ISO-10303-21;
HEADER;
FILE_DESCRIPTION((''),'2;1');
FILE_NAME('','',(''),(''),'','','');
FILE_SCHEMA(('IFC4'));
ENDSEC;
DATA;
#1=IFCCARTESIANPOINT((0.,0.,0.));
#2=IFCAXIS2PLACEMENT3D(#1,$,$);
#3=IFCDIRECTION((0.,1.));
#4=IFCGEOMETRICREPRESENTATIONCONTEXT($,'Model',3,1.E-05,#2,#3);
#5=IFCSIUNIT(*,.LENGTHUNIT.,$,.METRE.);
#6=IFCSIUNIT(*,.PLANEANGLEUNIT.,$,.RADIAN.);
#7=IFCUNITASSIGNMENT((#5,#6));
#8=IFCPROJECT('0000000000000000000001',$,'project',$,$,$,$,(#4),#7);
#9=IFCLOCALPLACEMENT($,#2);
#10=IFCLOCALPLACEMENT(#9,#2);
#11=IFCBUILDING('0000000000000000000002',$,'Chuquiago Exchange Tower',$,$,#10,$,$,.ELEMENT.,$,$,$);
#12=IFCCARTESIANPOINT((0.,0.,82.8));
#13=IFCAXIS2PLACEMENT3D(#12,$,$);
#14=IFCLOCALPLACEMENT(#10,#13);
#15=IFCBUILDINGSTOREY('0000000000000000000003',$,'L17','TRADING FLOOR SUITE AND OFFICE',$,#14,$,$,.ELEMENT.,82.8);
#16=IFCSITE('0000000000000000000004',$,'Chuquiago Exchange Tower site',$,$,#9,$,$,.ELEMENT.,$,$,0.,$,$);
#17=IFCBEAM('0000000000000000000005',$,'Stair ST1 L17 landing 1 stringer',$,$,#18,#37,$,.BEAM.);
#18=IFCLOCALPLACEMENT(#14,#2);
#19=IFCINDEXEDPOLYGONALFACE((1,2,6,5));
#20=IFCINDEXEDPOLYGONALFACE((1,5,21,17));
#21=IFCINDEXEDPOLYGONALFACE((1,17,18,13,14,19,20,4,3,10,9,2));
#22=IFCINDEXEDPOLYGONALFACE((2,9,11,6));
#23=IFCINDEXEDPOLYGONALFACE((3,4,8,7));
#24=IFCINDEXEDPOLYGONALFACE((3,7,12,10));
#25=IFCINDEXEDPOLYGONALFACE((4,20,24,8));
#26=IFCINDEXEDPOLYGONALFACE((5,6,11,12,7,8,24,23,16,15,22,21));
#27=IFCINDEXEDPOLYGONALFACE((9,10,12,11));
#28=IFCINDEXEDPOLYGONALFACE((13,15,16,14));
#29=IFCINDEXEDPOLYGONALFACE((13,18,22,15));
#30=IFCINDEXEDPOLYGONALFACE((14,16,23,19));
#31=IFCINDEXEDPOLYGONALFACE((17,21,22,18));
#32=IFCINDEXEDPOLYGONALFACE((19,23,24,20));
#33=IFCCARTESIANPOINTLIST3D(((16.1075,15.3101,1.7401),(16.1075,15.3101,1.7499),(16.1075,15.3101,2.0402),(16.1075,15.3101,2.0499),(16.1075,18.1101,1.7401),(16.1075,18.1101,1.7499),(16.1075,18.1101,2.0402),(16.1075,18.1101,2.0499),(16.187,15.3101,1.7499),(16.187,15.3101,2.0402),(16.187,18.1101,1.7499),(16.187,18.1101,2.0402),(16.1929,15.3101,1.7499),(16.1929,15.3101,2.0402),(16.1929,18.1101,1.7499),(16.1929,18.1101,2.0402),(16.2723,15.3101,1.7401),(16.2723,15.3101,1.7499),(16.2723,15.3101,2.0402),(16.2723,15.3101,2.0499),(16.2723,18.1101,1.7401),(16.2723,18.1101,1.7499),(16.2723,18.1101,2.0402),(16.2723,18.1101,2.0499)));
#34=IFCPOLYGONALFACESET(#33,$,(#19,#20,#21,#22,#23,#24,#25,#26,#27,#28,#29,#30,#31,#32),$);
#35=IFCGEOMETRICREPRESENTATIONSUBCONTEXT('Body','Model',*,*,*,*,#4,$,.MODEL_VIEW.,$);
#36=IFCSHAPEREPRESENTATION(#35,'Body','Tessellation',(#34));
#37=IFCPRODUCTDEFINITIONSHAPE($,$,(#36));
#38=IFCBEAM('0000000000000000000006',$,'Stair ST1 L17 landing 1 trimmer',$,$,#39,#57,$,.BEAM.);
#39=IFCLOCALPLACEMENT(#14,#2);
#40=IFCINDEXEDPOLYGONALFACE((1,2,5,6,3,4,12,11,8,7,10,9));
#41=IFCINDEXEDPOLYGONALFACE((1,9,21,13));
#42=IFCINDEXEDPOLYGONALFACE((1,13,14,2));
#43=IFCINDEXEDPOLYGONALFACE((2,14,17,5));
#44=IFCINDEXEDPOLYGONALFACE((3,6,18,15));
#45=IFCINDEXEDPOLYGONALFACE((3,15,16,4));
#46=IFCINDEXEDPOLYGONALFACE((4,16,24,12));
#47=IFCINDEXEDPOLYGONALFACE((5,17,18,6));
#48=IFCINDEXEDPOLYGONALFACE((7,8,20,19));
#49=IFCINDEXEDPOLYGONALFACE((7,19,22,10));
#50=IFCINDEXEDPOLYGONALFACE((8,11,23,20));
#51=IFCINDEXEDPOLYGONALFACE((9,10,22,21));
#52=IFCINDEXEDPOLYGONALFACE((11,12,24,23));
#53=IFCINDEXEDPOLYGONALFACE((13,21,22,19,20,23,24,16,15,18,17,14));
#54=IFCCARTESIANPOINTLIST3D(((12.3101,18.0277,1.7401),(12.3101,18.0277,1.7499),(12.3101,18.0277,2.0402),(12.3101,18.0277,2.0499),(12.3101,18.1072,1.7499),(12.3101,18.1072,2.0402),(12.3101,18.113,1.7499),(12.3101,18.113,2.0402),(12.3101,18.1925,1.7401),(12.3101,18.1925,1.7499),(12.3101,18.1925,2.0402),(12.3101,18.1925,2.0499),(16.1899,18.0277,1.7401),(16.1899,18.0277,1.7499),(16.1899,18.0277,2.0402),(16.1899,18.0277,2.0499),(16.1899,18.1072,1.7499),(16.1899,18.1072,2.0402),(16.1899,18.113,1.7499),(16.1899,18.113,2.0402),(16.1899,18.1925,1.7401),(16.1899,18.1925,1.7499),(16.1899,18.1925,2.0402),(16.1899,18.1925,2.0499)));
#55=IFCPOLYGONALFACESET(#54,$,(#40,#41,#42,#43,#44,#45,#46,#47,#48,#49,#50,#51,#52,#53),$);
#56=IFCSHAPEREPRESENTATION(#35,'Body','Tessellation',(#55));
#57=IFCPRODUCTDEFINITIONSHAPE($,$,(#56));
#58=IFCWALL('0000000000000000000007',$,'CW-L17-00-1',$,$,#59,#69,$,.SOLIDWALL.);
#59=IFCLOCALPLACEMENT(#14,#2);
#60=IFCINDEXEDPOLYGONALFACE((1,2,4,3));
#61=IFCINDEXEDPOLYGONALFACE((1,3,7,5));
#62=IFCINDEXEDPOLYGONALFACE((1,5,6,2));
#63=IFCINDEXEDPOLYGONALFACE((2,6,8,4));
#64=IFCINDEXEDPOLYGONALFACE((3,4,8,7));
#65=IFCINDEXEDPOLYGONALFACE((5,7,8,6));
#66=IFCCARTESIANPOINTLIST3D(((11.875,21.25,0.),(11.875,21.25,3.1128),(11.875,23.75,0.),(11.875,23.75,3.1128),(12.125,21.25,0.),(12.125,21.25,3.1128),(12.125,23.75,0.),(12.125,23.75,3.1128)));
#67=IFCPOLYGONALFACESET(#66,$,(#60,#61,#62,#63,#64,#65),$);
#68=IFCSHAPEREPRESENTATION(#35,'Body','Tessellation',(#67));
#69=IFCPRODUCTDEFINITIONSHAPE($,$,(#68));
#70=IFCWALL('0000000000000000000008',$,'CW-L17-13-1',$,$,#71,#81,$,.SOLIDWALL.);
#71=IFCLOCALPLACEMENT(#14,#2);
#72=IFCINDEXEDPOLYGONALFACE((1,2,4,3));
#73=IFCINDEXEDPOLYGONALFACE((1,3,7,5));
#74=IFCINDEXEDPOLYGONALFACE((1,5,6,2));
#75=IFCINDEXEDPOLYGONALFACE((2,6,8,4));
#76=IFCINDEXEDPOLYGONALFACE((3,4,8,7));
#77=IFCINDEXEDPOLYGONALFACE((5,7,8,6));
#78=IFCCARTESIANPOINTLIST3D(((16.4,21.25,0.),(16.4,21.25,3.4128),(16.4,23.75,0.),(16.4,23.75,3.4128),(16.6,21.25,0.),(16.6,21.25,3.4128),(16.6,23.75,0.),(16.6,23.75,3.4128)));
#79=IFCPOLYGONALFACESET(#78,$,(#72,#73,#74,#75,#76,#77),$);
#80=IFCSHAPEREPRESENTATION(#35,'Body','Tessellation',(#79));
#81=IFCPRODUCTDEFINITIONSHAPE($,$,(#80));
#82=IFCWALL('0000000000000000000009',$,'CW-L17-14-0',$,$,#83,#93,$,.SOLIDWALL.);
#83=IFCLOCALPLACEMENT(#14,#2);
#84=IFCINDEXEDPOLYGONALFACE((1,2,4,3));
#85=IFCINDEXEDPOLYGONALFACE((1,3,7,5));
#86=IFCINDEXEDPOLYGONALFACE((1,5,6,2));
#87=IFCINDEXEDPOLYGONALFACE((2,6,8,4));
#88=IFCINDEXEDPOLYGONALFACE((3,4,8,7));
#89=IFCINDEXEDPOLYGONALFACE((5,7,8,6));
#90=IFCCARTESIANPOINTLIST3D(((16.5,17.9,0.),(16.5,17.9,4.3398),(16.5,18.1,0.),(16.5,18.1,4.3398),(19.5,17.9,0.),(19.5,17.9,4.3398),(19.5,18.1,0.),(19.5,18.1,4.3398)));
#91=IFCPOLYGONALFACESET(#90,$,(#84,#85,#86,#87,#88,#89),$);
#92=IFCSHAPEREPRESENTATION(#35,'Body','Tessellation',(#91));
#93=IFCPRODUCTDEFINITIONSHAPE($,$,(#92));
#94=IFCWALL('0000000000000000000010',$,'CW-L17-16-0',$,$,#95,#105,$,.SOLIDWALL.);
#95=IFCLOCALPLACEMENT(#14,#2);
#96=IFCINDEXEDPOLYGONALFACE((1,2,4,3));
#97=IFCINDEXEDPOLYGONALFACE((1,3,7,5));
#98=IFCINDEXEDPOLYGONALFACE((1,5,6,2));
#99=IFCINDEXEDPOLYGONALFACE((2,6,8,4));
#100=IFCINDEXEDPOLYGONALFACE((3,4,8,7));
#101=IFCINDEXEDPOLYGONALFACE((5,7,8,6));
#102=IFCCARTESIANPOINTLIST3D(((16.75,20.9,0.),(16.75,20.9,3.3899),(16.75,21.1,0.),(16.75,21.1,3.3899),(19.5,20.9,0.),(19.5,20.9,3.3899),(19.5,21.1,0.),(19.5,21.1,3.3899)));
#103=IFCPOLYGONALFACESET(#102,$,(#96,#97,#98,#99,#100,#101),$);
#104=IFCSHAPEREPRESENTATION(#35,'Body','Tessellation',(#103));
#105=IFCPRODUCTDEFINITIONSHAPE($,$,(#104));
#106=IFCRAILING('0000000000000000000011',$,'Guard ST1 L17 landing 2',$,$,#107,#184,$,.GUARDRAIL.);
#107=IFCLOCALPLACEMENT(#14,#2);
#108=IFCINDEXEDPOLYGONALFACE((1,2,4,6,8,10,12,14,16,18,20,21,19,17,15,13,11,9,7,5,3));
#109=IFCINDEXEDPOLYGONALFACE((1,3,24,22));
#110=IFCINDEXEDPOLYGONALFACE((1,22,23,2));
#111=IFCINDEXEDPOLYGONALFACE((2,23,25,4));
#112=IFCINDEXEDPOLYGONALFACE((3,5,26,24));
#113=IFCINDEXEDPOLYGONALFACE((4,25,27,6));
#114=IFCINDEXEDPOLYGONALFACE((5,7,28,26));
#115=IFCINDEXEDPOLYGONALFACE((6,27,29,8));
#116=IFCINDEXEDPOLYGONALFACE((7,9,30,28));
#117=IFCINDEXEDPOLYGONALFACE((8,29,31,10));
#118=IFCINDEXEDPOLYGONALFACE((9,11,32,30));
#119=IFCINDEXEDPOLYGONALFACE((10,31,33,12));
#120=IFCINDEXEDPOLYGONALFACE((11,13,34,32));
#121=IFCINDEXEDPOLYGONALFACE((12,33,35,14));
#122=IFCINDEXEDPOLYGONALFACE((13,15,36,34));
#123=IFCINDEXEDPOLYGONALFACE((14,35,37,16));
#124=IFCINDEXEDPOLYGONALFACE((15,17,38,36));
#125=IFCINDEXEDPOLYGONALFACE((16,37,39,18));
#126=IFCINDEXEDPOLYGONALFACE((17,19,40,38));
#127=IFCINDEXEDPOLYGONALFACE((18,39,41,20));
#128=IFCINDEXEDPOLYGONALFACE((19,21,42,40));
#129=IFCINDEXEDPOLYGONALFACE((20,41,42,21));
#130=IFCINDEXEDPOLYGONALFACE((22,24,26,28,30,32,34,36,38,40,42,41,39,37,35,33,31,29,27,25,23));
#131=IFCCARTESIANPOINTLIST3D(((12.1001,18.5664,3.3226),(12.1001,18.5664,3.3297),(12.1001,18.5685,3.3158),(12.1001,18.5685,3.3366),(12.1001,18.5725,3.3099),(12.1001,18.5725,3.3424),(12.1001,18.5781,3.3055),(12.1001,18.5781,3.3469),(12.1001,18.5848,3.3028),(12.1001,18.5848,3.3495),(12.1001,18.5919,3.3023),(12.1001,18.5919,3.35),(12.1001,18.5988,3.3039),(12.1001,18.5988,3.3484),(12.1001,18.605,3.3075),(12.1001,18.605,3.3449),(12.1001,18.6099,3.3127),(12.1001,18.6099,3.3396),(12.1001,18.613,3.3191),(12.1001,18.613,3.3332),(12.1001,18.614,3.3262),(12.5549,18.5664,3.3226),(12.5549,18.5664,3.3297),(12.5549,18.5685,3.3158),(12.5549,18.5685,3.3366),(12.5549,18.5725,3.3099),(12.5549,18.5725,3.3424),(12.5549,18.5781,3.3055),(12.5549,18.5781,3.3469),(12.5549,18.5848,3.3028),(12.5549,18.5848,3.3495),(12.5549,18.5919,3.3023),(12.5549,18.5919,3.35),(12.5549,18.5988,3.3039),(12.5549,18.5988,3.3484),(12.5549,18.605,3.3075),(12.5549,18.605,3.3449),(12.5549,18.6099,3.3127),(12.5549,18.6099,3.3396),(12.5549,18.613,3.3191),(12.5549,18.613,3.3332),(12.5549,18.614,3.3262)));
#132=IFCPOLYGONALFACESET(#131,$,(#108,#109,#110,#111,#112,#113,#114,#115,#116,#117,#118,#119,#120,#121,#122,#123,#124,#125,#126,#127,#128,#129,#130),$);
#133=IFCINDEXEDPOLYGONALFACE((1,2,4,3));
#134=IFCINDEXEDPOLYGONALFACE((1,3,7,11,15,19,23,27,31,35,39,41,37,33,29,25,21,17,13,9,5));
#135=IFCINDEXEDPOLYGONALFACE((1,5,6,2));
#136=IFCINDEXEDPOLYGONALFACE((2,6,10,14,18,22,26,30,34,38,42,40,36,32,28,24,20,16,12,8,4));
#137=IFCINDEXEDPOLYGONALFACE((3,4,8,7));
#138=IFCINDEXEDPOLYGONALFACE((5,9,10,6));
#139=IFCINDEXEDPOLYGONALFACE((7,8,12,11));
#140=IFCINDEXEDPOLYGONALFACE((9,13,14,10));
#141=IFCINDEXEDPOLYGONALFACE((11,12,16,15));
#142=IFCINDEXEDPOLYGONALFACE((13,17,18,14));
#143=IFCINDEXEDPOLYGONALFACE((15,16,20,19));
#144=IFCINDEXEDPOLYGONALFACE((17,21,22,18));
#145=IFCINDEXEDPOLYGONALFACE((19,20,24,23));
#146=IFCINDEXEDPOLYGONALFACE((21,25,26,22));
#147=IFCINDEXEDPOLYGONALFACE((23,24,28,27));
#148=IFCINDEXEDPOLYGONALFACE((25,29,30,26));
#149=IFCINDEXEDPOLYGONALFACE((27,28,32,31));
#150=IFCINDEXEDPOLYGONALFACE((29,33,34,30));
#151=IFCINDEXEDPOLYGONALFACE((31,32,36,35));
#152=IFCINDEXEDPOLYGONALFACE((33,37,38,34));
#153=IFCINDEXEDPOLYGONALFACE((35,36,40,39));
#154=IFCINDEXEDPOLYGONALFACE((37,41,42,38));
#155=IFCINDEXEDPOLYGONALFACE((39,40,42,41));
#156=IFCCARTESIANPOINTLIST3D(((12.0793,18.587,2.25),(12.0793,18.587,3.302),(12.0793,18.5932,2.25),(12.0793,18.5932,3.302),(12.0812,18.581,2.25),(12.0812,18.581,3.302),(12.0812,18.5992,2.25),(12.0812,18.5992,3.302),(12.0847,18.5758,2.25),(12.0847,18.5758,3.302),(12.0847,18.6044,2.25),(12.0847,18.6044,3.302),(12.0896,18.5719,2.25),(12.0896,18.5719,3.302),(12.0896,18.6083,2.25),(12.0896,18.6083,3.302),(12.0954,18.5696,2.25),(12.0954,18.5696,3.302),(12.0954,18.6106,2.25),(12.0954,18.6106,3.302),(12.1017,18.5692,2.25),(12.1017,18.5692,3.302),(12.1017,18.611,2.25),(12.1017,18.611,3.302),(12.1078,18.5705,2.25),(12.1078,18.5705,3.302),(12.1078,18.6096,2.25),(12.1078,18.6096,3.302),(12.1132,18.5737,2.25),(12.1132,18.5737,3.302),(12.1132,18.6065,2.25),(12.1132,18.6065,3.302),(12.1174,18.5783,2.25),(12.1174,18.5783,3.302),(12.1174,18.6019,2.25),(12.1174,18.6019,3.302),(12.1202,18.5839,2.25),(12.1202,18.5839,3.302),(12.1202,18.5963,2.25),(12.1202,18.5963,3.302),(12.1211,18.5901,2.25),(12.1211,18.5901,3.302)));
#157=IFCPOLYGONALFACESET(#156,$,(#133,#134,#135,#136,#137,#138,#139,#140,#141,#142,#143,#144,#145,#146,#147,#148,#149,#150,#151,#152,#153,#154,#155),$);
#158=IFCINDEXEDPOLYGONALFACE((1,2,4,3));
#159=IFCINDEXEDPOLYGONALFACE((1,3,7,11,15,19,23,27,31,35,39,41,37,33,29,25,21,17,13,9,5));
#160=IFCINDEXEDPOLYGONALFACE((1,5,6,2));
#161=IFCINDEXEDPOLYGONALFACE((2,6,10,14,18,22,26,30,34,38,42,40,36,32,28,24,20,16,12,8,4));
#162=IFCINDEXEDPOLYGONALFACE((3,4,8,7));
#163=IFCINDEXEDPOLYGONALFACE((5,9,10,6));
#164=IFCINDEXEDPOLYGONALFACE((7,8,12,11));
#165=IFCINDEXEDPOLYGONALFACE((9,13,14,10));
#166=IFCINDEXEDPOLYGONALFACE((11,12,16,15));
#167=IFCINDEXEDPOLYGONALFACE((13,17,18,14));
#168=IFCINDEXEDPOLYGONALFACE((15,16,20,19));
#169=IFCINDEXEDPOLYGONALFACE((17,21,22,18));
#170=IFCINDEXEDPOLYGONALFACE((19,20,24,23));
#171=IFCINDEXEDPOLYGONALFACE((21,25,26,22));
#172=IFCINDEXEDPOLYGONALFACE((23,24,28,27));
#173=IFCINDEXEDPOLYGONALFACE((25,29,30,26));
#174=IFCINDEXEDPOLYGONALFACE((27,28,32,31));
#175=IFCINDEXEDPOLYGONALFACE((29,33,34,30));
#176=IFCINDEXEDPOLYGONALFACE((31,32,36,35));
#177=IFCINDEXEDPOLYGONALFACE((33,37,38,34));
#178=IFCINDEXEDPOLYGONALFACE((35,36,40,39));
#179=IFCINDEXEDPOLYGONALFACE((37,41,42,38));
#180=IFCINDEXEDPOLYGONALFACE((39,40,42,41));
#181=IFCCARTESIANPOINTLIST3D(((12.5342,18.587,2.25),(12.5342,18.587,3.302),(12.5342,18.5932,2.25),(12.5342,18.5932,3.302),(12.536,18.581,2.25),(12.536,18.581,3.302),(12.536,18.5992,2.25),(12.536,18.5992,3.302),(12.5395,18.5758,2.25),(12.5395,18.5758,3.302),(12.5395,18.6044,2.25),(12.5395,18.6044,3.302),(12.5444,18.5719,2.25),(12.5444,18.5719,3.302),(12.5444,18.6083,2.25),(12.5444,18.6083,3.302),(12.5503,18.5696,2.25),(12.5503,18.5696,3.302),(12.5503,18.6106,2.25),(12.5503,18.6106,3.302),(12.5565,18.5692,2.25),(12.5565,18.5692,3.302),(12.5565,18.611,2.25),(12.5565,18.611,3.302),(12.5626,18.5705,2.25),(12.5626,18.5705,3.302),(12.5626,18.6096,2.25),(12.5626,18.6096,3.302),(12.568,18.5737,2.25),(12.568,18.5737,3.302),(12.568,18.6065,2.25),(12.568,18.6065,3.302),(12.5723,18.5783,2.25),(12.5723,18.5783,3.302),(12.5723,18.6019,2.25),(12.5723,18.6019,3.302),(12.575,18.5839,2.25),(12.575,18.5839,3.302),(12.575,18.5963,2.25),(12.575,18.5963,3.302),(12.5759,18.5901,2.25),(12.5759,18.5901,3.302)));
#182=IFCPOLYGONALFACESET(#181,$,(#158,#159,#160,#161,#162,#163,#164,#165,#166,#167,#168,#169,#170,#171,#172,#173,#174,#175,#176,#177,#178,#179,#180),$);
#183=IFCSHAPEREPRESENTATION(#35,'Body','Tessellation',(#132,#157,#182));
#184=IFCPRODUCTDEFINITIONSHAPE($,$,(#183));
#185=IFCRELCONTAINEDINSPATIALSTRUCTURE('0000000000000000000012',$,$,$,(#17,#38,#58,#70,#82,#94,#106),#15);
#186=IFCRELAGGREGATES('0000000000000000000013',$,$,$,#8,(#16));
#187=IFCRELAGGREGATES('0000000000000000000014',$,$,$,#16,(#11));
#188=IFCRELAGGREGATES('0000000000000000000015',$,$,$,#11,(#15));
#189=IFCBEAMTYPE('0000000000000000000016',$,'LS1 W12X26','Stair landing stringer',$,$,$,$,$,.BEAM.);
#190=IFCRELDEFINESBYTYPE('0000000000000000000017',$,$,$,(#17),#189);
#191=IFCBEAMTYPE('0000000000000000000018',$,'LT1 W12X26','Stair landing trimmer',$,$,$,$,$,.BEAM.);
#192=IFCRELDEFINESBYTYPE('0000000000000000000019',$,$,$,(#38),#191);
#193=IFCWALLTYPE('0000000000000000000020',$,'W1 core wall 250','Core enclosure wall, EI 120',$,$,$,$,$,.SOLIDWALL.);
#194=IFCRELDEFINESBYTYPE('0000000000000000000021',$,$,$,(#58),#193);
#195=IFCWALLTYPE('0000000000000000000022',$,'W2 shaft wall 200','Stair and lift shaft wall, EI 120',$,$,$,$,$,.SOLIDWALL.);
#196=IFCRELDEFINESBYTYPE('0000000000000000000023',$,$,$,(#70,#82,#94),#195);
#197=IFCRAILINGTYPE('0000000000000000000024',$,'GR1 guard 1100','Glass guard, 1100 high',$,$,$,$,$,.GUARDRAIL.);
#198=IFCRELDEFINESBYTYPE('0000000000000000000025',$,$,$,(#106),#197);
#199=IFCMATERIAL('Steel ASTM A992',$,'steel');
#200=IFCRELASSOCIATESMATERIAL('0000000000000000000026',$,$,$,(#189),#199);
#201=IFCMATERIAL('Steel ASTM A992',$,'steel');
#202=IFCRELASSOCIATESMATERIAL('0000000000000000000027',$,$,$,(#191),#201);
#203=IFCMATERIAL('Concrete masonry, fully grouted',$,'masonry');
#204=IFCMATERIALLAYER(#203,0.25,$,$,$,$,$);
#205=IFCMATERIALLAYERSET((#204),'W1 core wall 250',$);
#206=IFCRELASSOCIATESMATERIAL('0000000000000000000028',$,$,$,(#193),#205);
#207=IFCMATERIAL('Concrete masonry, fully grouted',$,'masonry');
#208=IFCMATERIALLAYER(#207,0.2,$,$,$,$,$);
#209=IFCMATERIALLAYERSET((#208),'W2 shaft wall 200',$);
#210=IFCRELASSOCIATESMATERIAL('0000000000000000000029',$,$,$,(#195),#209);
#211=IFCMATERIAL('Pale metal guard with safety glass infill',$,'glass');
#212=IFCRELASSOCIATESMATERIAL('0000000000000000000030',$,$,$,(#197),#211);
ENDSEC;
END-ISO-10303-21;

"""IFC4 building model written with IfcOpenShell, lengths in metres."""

from ifc_helpers import new_model, si_unit, direction, frame, frame_2d, origin, origin_2d, place, context, subcontext, project, spatial, rectangle, circle, i_section, extrude, material, layer, layer_set, material_profile, profile_set, type_object, element, save


model = new_model("IFC4")

# Units and contexts
model_context = context("Model", 3, precision=1e-05, world=origin(), true_north=direction((0.0, 1.0)))
body_context = subcontext(model_context, "Body", "Model", "MODEL_VIEW")
ifc_project = project(units=[si_unit("LENGTHUNIT", "METRE"), si_unit("PLANEANGLEUNIT", "RADIAN")], contexts=[model_context])

# Site, building, storey
site_placement = place(None, origin())
site = spatial("IfcSite", under=ifc_project, at=site_placement, Name="Chuquiago Exchange Tower site", CompositionType="ELEMENT", RefElevation=0.0)
building_placement = place(site_placement, origin())
building = spatial("IfcBuilding", under=site, at=building_placement, Name="Chuquiago Exchange Tower", CompositionType="ELEMENT")
storey_placement = place(building_placement, frame((0.0, 0.0, 82.8)))
storey = spatial("IfcBuildingStorey", under=building, at=storey_placement, Name="L17", Description="TRADING FLOOR SUITE AND OFFICE", CompositionType="ELEMENT", Elevation=82.8)

# Beams
ifc_material_1 = material(Name="Steel ASTM A992", Category="steel")
ifc_material_profile_1 = material_profile(ifc_material_1, i_section(OverallWidth=0.1648, OverallDepth=0.3098, WebThickness=0.0059, FlangeThickness=0.0098, at=origin_2d()), Name="W12X26")
ifc_profile_set_1 = profile_set([ifc_material_profile_1], Name="Steel ASTM A992")
beam_type_1 = type_object("IfcBeamType", Name="LS1 W12X26", Description="Stair landing stringer", PredefinedType="BEAM", material=ifc_profile_set_1)
for number, where, z_axis, x_axis, name in (
    (1, (16.1899, 15.3101, 1.895), (0.0, 1.0, 0.0), (-1.0, 0.0, 0.0), "Stair ST1 L17 landing 1 stringer"),
):
    element("IfcBeam", number, at=place(storey_placement, frame(where, z_axis=z_axis, x_axis=x_axis)), inside=storey, type_object=beam_type_1, Name=name, PredefinedType="BEAM", context=body_context, shape_type="SweptSolid", body=[
        extrude(i_section(OverallWidth=0.1648, OverallDepth=0.3098, WebThickness=0.0059, FlangeThickness=0.0098, at=origin_2d()), origin(), (0.0, 0.0, 1.0), 2.8),
    ])
ifc_material_2 = material(Name="Steel ASTM A992", Category="steel")
ifc_material_profile_2 = material_profile(ifc_material_2, i_section(OverallWidth=0.1648, OverallDepth=0.3098, WebThickness=0.0059, FlangeThickness=0.0098, at=origin_2d()), Name="W12X26")
ifc_profile_set_2 = profile_set([ifc_material_profile_2], Name="Steel ASTM A992")
beam_type_2 = type_object("IfcBeamType", Name="LT1 W12X26", Description="Stair landing trimmer", PredefinedType="BEAM", material=ifc_profile_set_2)
beam_1_placement = place(storey_placement, frame((12.3101, 18.1101, 1.895), z_axis=(1.0, 0.0, 0.0), x_axis=(0.0, 1.0, 0.0)))
element("IfcBeam", 2, at=beam_1_placement, inside=storey, type_object=beam_type_2, Name="Stair ST1 L17 landing 1 trimmer", PredefinedType="BEAM", context=body_context, shape_type="SweptSolid", body=[
    extrude(i_section(OverallWidth=0.1648, OverallDepth=0.3098, WebThickness=0.0059, FlangeThickness=0.0098, at=origin_2d()), origin(), (0.0, 0.0, 1.0), 3.8799),
])

# Walls
ifc_material_3 = material(Name="Concrete masonry, fully grouted", Category="masonry")
ifc_layer_1 = layer(ifc_material_3, 0.25)
ifc_layer_set_1 = layer_set([ifc_layer_1], Name="W1 core wall 250")
wall_type_1 = type_object("IfcWallType", Name="W1 core wall 250", Description="Core enclosure wall, EI 120", PredefinedType="SOLIDWALL", material=ifc_layer_set_1)
wall_1_placement = place(storey_placement, frame((12.0, 21.25, 0.0), z_axis=(0.0, 0.0, 1.0), x_axis=(0.0, 1.0, 0.0)))
element("IfcWall", 3, at=wall_1_placement, inside=storey, type_object=wall_type_1, Name="CW-L17-00-1", PredefinedType="SOLIDWALL", context=body_context, shape_type="SweptSolid", body=[
    extrude(rectangle(XDim=2.5, YDim=0.25, at=frame_2d((1.25, 0.0))), origin(), (0.0, 0.0, 1.0), 3.1128),
])
ifc_material_4 = material(Name="Concrete masonry, fully grouted", Category="masonry")
ifc_layer_2 = layer(ifc_material_4, 0.2)
ifc_layer_set_2 = layer_set([ifc_layer_2], Name="W2 shaft wall 200")
wall_type_2 = type_object("IfcWallType", Name="W2 shaft wall 200", Description="Stair and lift shaft wall, EI 120", PredefinedType="SOLIDWALL", material=ifc_layer_set_2)
wall_2_placement = place(storey_placement, frame((16.5, 21.25, 0.0), z_axis=(0.0, 0.0, 1.0), x_axis=(0.0, 1.0, 0.0)))
element("IfcWall", 4, at=wall_2_placement, inside=storey, type_object=wall_type_2, Name="CW-L17-13-1", PredefinedType="SOLIDWALL", context=body_context, shape_type="SweptSolid", body=[
    extrude(rectangle(XDim=2.5, YDim=0.2, at=frame_2d((1.25, 0.0))), origin(), (0.0, 0.0, 1.0), 3.4128),
])
wall_3_placement = place(storey_placement, frame((16.5, 18.0, 0.0), z_axis=(0.0, 0.0, 1.0), x_axis=(1.0, 0.0, 0.0)))
element("IfcWall", 5, at=wall_3_placement, inside=storey, type_object=wall_type_2, Name="CW-L17-14-0", PredefinedType="SOLIDWALL", context=body_context, shape_type="SweptSolid", body=[
    extrude(rectangle(XDim=3.0, YDim=0.2, at=frame_2d((1.5, 0.0))), origin(), (0.0, 0.0, 1.0), 4.3398),
])
wall_4_placement = place(storey_placement, frame((16.75, 21.0, 0.0), z_axis=(0.0, 0.0, 1.0), x_axis=(1.0, 0.0, 0.0)))
element("IfcWall", 6, at=wall_4_placement, inside=storey, type_object=wall_type_2, Name="CW-L17-16-0", PredefinedType="SOLIDWALL", context=body_context, shape_type="SweptSolid", body=[
    extrude(rectangle(XDim=2.75, YDim=0.2, at=frame_2d((1.375, 0.0))), origin(), (0.0, 0.0, 1.0), 3.3899),
])

# Railing
ifc_material_5 = material(Name="Pale metal guard with safety glass infill", Category="glass")
railing_type_1 = type_object("IfcRailingType", Name="GR1 guard 1100", Description="Glass guard, 1100 high", PredefinedType="GUARDRAIL", material=ifc_material_5)
for number, where, name in (
    (7, (12.1001, 18.5901, 2.25), "Guard ST1 L17 landing 2"),
):
    element("IfcRailing", number, at=place(storey_placement, frame(where)), inside=storey, type_object=railing_type_1, Name=name, PredefinedType="GUARDRAIL", context=body_context, shape_type="SweptSolid", body=[
        extrude(circle(Radius=0.0239, at=origin_2d()), frame((0.0, 0.0, 1.0762), z_axis=(1.0, 0.0, 0.0), x_axis=(0.0, 1.0, 0.0)), (0.0, 0.0, 1.0), 0.4548),
        extrude(circle(Radius=0.021, at=origin_2d()), origin(), (0.0, 0.0, 1.0), 1.052),
        extrude(circle(Radius=0.021, at=origin_2d()), frame((0.4548, 0.0, 0.0)), (0.0, 0.0, 1.0), 1.052),
    ])

save(model, "model.ifc")
